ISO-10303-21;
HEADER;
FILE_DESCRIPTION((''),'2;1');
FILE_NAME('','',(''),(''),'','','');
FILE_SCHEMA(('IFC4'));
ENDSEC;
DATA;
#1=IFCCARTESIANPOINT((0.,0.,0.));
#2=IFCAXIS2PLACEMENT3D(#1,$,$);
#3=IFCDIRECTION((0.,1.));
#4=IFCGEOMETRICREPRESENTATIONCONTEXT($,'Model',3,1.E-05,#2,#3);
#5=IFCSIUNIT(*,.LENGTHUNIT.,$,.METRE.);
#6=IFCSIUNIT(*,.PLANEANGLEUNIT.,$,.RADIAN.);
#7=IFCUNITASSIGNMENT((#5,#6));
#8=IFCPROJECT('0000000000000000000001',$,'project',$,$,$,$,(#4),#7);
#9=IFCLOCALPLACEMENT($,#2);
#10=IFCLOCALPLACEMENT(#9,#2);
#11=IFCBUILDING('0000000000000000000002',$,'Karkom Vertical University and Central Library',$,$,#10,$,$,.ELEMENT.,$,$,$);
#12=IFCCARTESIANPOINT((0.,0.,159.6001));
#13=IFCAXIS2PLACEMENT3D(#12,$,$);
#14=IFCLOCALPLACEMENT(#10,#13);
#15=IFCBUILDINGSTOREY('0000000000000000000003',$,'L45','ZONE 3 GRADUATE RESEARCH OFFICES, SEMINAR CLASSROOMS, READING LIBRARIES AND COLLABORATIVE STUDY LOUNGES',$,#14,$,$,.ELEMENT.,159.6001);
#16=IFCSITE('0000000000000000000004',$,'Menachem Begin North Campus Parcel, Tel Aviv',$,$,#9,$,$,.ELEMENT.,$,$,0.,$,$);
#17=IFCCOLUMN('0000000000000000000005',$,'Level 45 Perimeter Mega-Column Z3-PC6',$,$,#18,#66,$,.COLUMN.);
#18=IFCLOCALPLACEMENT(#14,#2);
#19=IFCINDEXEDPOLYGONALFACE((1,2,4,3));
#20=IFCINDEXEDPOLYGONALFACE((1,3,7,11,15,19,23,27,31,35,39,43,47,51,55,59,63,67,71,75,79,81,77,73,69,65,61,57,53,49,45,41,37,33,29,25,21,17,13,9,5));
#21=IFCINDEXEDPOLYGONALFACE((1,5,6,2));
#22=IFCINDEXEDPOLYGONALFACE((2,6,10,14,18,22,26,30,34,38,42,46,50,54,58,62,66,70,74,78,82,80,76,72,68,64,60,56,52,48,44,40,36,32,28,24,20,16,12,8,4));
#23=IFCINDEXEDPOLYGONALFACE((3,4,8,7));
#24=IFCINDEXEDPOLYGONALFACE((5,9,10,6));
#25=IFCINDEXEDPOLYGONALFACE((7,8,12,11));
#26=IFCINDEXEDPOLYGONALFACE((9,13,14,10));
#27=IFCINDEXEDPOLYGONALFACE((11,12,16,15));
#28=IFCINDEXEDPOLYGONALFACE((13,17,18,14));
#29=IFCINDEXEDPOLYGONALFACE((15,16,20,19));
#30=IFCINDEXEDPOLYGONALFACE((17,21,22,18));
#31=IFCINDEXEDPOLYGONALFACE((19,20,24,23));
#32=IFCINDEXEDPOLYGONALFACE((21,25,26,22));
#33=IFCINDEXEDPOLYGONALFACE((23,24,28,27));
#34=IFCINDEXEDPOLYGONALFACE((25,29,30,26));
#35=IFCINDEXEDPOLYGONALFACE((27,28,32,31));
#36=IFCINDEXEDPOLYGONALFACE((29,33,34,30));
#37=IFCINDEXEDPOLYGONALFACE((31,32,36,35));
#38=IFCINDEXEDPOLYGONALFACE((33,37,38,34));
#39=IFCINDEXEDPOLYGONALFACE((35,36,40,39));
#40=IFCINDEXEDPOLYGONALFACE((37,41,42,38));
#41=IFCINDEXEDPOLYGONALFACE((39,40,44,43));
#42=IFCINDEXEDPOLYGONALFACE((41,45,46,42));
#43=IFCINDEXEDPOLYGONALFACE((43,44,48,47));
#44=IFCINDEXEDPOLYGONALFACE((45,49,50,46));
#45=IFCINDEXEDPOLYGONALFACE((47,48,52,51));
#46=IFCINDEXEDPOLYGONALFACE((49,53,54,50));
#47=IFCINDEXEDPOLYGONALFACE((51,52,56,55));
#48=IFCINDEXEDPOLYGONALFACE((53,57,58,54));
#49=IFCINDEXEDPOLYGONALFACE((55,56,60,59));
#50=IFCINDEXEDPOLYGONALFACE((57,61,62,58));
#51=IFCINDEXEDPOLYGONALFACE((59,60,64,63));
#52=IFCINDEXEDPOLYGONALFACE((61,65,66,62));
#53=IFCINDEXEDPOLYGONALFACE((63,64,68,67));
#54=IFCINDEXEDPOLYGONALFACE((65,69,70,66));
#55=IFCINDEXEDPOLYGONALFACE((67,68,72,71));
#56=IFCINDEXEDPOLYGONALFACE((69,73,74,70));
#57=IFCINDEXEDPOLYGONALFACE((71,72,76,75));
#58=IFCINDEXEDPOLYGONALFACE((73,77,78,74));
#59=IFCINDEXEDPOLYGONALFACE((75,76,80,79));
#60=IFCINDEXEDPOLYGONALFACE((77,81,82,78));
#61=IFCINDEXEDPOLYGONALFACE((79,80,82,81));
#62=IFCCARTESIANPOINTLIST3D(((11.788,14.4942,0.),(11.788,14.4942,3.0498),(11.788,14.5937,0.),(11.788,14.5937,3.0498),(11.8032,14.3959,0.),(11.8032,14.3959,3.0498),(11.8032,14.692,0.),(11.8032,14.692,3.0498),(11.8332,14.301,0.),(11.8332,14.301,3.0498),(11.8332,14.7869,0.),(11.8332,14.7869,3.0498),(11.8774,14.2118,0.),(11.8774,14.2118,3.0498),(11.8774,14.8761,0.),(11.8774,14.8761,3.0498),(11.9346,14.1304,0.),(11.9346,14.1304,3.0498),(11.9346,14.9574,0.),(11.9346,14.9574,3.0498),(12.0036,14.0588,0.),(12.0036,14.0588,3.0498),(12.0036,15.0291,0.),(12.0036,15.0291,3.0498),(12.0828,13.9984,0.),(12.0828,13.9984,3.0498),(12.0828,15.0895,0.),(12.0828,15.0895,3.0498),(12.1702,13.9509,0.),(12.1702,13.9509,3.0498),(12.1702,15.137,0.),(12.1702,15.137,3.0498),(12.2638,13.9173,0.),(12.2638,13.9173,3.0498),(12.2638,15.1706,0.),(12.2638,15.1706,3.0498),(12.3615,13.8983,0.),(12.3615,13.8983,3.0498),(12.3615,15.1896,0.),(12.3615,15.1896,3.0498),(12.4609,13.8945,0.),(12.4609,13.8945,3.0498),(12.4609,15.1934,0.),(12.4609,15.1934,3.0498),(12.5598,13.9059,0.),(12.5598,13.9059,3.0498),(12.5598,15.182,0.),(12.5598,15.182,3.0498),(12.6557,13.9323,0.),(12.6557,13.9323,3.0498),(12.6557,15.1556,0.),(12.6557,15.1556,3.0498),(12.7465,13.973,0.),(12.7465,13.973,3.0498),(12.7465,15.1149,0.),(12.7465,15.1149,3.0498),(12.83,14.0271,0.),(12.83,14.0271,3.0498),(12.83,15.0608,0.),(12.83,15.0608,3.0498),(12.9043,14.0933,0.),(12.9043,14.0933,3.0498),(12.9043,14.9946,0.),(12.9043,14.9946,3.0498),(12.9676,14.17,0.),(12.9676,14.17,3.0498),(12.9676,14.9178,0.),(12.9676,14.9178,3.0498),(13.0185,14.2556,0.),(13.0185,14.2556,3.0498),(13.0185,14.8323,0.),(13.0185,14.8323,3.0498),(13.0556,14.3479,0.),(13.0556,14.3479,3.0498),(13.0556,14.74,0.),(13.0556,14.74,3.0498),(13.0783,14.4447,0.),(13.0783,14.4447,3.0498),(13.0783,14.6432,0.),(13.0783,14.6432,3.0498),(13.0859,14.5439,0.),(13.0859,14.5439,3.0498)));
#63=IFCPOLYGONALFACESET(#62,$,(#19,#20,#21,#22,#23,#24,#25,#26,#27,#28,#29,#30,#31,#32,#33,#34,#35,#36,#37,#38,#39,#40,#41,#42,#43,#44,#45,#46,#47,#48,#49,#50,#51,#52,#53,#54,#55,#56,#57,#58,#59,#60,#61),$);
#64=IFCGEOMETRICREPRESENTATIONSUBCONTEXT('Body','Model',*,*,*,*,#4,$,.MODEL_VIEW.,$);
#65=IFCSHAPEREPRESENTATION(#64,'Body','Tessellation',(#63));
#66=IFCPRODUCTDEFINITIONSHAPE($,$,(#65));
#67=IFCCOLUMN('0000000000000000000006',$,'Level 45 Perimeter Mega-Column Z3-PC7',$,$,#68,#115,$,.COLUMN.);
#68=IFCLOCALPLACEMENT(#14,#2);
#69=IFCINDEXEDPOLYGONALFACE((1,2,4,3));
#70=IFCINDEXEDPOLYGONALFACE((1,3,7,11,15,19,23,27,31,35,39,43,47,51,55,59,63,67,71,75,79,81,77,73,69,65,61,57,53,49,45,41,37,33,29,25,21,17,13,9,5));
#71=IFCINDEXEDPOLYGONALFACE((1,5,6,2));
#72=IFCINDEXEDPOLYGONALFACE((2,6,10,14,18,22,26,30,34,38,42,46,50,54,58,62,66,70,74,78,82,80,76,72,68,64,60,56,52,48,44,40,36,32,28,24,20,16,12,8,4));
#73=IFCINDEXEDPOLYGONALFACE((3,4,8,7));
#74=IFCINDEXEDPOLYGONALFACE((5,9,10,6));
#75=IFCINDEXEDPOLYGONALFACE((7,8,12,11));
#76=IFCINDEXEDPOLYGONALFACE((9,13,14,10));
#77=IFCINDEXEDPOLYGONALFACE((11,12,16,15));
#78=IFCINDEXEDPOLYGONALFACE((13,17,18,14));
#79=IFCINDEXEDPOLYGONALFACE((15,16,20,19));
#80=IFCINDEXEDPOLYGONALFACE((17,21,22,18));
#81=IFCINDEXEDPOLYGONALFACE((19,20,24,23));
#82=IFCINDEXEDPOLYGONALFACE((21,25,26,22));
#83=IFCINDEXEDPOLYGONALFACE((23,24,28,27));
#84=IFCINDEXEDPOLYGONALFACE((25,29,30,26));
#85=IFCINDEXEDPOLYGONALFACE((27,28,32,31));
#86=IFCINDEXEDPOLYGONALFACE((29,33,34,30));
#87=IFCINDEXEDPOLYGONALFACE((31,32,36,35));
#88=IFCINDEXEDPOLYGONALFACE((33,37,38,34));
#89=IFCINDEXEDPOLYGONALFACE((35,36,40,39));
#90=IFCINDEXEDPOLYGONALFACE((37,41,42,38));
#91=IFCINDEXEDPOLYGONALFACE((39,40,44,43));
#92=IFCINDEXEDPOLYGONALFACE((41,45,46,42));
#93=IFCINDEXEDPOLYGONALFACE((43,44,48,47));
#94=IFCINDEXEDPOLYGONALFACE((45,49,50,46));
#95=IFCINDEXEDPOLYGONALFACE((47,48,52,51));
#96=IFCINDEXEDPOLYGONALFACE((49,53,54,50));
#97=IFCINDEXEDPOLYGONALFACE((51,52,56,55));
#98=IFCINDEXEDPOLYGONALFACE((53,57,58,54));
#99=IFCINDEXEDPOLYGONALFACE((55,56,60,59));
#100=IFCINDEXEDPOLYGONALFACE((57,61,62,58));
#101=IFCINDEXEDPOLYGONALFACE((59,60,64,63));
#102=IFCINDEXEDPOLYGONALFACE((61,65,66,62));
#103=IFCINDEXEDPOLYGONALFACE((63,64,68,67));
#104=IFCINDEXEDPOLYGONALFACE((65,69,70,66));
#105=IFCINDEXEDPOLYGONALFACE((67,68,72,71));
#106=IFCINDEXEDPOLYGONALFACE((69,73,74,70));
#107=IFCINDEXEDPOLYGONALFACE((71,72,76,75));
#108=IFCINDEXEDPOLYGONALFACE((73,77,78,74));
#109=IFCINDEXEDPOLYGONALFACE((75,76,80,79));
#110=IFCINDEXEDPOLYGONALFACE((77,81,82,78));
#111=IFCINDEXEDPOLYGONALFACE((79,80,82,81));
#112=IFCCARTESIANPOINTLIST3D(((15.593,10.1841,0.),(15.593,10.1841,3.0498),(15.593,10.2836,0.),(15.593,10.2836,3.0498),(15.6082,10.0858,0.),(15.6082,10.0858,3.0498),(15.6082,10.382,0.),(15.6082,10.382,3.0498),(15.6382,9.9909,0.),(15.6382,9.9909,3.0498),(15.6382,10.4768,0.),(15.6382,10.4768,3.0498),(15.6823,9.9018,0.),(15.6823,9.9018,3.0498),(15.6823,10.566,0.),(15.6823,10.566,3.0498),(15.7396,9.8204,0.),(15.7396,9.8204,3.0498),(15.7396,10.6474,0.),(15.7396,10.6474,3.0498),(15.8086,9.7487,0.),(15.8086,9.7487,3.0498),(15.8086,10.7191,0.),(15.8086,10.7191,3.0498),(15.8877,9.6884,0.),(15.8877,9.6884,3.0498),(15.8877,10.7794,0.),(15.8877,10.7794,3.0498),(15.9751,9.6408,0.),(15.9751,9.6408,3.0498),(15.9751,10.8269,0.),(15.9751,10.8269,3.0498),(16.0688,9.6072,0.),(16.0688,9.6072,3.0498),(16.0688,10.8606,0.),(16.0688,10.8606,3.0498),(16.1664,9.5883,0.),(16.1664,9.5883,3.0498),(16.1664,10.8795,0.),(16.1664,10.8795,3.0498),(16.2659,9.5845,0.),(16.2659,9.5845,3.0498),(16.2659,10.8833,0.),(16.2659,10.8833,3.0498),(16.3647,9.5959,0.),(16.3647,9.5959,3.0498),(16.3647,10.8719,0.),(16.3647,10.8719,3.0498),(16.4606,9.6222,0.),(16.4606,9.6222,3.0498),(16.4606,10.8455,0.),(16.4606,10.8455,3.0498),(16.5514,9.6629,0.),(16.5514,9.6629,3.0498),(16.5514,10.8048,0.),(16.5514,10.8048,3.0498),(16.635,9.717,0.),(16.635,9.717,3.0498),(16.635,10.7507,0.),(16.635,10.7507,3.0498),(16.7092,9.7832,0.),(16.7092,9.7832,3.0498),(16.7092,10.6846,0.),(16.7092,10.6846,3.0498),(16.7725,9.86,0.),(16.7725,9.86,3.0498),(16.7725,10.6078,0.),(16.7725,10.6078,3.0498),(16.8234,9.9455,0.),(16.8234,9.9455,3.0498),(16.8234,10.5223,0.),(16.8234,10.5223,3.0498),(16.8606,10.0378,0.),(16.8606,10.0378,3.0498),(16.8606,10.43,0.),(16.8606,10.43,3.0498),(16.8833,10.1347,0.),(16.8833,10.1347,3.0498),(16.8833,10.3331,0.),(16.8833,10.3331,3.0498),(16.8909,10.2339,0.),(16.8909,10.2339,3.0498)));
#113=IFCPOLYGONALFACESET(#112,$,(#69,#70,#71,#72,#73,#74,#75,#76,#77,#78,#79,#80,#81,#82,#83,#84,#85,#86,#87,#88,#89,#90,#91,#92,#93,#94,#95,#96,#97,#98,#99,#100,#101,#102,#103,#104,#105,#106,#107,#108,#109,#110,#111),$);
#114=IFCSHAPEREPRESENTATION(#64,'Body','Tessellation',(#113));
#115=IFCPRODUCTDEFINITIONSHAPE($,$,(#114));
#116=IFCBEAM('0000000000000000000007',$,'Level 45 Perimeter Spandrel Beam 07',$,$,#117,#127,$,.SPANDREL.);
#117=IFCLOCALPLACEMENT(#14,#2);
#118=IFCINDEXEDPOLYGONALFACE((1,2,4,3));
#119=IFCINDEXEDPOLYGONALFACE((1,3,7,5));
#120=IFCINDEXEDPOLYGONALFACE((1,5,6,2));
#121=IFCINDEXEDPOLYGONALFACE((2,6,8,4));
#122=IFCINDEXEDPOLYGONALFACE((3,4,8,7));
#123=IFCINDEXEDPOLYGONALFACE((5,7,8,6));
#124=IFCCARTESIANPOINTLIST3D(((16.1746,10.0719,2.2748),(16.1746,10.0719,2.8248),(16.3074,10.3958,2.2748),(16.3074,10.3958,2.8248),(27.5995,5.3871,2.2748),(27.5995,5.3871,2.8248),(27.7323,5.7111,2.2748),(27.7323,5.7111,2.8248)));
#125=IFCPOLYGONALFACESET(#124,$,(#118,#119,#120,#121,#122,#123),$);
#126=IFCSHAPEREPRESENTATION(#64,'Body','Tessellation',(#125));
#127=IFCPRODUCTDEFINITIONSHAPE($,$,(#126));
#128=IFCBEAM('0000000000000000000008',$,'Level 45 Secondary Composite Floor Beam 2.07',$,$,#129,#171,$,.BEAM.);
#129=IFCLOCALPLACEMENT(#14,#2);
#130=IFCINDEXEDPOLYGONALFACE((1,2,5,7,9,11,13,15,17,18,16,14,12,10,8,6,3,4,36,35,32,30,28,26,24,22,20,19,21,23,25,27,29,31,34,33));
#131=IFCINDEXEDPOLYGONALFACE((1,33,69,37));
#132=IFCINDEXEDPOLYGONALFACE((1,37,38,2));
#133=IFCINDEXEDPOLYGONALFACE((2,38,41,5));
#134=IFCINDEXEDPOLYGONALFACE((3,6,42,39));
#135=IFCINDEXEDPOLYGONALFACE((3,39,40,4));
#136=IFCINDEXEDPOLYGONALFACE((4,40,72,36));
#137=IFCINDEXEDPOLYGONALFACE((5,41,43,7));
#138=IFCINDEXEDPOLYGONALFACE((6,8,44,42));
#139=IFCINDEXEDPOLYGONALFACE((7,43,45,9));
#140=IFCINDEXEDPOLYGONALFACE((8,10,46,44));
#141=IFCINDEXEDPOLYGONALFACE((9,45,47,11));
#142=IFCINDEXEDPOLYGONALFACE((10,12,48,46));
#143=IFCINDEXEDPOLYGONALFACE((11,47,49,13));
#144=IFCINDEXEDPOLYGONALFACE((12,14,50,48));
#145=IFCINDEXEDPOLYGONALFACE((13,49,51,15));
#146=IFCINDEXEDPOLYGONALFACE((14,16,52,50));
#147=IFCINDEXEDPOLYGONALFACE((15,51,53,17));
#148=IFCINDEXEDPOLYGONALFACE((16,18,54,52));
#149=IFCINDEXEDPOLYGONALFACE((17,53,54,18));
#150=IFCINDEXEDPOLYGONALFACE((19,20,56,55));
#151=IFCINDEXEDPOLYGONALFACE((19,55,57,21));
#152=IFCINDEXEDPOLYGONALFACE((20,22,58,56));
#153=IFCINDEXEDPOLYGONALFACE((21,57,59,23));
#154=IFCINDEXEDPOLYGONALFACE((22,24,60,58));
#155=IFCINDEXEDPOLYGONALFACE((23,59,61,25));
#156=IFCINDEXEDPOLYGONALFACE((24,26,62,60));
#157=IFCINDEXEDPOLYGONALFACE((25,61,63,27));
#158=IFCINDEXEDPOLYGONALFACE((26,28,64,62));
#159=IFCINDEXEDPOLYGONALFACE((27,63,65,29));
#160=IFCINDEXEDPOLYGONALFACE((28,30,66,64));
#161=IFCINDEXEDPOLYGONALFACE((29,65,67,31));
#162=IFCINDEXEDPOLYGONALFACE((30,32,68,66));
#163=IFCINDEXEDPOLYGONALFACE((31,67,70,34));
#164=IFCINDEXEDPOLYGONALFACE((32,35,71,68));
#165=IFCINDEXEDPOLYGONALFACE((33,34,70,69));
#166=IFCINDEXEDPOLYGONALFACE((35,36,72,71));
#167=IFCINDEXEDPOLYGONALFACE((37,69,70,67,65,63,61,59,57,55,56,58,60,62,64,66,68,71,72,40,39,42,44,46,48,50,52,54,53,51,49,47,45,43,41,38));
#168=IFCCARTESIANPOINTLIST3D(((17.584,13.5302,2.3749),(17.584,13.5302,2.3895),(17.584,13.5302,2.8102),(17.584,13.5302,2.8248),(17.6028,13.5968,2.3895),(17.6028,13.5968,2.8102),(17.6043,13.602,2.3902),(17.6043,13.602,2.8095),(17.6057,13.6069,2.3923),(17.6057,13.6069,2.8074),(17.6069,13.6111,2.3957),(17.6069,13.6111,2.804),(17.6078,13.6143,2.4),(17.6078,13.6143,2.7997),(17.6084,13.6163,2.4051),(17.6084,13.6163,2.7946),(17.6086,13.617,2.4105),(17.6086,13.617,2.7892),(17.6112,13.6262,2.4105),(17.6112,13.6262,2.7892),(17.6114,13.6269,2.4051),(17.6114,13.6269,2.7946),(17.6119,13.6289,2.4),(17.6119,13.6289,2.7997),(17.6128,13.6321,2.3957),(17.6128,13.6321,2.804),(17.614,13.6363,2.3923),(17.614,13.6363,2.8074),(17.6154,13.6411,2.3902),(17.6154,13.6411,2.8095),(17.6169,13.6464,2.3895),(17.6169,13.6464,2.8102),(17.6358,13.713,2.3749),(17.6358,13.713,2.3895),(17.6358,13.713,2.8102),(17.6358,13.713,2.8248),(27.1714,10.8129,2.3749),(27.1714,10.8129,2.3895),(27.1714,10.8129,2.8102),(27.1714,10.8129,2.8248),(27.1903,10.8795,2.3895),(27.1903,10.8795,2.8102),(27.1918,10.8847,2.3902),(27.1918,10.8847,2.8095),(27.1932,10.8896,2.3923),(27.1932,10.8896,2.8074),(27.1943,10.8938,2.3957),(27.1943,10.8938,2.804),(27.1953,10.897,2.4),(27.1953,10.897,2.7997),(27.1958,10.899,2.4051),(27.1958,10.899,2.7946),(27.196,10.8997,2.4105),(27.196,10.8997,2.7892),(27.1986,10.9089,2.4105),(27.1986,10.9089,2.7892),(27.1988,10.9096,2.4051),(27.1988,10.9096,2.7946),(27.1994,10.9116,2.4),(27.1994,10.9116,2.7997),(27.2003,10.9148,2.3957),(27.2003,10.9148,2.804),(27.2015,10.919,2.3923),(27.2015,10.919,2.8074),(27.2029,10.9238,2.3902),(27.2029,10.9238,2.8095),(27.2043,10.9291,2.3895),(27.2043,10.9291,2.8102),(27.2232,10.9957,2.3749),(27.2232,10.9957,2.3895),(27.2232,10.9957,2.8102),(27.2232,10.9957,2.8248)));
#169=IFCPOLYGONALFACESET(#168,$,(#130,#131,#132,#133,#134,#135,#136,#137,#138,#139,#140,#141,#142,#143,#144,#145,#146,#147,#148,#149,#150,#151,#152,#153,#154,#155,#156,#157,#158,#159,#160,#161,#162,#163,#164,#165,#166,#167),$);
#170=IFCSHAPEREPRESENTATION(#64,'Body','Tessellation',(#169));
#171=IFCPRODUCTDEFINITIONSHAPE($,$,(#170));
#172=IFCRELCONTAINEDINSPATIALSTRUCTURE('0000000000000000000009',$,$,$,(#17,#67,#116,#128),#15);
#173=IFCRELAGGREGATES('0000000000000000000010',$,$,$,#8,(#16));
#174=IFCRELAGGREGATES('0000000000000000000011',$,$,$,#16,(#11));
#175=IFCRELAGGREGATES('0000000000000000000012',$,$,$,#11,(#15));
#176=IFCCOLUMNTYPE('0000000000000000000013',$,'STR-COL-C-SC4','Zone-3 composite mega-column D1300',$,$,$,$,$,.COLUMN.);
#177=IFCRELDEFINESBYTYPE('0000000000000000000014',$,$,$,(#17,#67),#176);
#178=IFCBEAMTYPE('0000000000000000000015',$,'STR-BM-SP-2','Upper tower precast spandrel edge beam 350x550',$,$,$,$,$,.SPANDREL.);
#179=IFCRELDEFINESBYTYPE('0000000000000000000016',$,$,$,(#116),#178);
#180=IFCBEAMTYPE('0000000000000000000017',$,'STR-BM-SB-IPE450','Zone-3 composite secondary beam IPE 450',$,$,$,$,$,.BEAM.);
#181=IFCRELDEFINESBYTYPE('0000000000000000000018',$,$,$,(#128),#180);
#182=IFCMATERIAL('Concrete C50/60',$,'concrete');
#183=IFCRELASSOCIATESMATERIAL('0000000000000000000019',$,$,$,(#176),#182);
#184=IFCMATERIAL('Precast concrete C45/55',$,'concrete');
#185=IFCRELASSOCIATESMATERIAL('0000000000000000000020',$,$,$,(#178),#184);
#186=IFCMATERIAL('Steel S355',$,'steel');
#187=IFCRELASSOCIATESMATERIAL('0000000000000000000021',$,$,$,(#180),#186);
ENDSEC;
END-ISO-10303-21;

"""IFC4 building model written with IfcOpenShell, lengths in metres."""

from ifc_helpers import new_model, si_unit, direction, frame, origin, origin_with_axes, origin_2d, place, context, subcontext, project, spatial, rectangle, circle, i_section, extrude, source, transform, mapped, material, material_profile, profile_set, type_object, element, save


model = new_model("IFC4")

# Units and contexts
model_context = context("Model", 3, precision=1e-05, world=origin(), true_north=direction((0.0, 1.0)))
body_context = subcontext(model_context, "Body", "Model", "MODEL_VIEW")
ifc_project = project(units=[si_unit("LENGTHUNIT", "METRE"), si_unit("PLANEANGLEUNIT", "RADIAN")], contexts=[model_context])

# Site, building, storey
site_placement = place(None, origin())
site = spatial("IfcSite", under=ifc_project, at=site_placement, Name="Menachem Begin North Campus Parcel, Tel Aviv", CompositionType="ELEMENT", RefElevation=0.0)
building_placement = place(site_placement, origin())
building = spatial("IfcBuilding", under=site, at=building_placement, Name="Karkom Vertical University and Central Library", CompositionType="ELEMENT")
storey_placement = place(building_placement, frame((0.0, 0.0, 159.6001)))
storey = spatial("IfcBuildingStorey", under=building, at=storey_placement, Name="L45", Description="ZONE 3 GRADUATE RESEARCH OFFICES, SEMINAR CLASSROOMS, READING LIBRARIES AND COLLABORATIVE STUDY LOUNGES", CompositionType="ELEMENT", Elevation=159.6001)

# Columns
ifc_material_1 = material(Name="Concrete C50/60", Category="concrete")
ifc_material_profile_1 = material_profile(ifc_material_1, circle(Radius=0.6499, at=origin_2d()), Name="CFT-D1300")
ifc_profile_set_1 = profile_set([ifc_material_profile_1], Name="Concrete C50/60")
column_type = type_object("IfcColumnType", Name="STR-COL-C-SC4", Description="Zone-3 composite mega-column D1300", PredefinedType="COLUMN", material=ifc_profile_set_1)
shared_shape_1 = source(origin_with_axes(), body_context, "Body", "SweptSolid", [
    extrude(circle(Radius=0.6499, at=origin_2d()), origin(), (0.0, 0.0, 1.0), 3.0498),
])
for number, where, z_axis, x_axis, name in (
    (1, (12.436, 14.5439, 0.0), (0.0, 0.0, 1.0), (1.0, 0.0, 0.0), "Level 45 Perimeter Mega-Column Z3-PC6"),
    (2, (16.241, 10.2339, 0.0), (0.0, 0.0, 1.0), (1.0, 0.0, 0.0), "Level 45 Perimeter Mega-Column Z3-PC7"),
):
    element("IfcColumn", number, at=place(storey_placement, frame(where, z_axis=z_axis, x_axis=x_axis)), inside=storey, type_object=column_type, Name=name, PredefinedType="COLUMN", context=body_context, shape_type="MappedRepresentation", body=[
        mapped(shared_shape_1, transform((0.0, 0.0, 0.0), scale=1.0)),
    ])

# Beams
ifc_material_2 = material(Name="Precast concrete C45/55", Category="concrete")
ifc_material_profile_2 = material_profile(ifc_material_2, rectangle(XDim=0.3501, YDim=0.55, at=origin_2d()), Name="SPB-350x550")
ifc_profile_set_2 = profile_set([ifc_material_profile_2], Name="Precast concrete C45/55")
beam_type_1 = type_object("IfcBeamType", Name="STR-BM-SP-2", Description="Upper tower precast spandrel edge beam 350x550", PredefinedType="SPANDREL", material=ifc_profile_set_2)
shared_shape_2 = source(origin_with_axes(), body_context, "Body", "SweptSolid", [
    extrude(rectangle(XDim=0.3501, YDim=0.55, at=origin_2d()), origin(), (0.0, 0.0, 1.0), 12.3481),
])
beam_1_placement = place(storey_placement, frame((16.241, 10.2339, 2.5498), z_axis=(0.925236, -0.379391, 0.0), x_axis=(0.379391, 0.925236, 0.0)))
element("IfcBeam", 3, at=beam_1_placement, inside=storey, type_object=beam_type_1, Name="Level 45 Perimeter Spandrel Beam 07", PredefinedType="SPANDREL", context=body_context, shape_type="MappedRepresentation", body=[
    mapped(shared_shape_2, transform((0.0, 0.0, 0.0), scale=1.0)),
])
ifc_material_3 = material(Name="Steel S355", Category="steel")
ifc_material_profile_3 = material_profile(ifc_material_3, i_section(OverallWidth=0.1899, OverallDepth=0.45, WebThickness=0.0095, FlangeThickness=0.0146, FilletRadius=0.021, at=origin_2d()), Name="IPE 450")
ifc_profile_set_3 = profile_set([ifc_material_profile_3], Name="Steel S355")
beam_type_2 = type_object("IfcBeamType", Name="STR-BM-SB-IPE450", Description="Zone-3 composite secondary beam IPE 450", PredefinedType="BEAM", material=ifc_profile_set_3)
shared_shape_3 = source(origin_with_axes(), body_context, "Body", "SweptSolid", [
    extrude(i_section(OverallWidth=0.1899, OverallDepth=0.45, WebThickness=0.0095, FlangeThickness=0.0146, FilletRadius=0.021, at=origin_2d()), origin(), (0.0, 0.0, 1.0), 9.9651),
])
beam_2_placement = place(storey_placement, frame((17.6099, 13.6216, 2.5999), z_axis=(0.962104, -0.272682, 0.0), x_axis=(0.272682, 0.962104, 0.0)))
element("IfcBeam", 4, at=beam_2_placement, inside=storey, type_object=beam_type_2, Name="Level 45 Secondary Composite Floor Beam 2.07", PredefinedType="BEAM", context=body_context, shape_type="MappedRepresentation", body=[
    mapped(shared_shape_3, transform((0.0, 0.0, 0.0), scale=1.0)),
])

save(model, "model.ifc")
